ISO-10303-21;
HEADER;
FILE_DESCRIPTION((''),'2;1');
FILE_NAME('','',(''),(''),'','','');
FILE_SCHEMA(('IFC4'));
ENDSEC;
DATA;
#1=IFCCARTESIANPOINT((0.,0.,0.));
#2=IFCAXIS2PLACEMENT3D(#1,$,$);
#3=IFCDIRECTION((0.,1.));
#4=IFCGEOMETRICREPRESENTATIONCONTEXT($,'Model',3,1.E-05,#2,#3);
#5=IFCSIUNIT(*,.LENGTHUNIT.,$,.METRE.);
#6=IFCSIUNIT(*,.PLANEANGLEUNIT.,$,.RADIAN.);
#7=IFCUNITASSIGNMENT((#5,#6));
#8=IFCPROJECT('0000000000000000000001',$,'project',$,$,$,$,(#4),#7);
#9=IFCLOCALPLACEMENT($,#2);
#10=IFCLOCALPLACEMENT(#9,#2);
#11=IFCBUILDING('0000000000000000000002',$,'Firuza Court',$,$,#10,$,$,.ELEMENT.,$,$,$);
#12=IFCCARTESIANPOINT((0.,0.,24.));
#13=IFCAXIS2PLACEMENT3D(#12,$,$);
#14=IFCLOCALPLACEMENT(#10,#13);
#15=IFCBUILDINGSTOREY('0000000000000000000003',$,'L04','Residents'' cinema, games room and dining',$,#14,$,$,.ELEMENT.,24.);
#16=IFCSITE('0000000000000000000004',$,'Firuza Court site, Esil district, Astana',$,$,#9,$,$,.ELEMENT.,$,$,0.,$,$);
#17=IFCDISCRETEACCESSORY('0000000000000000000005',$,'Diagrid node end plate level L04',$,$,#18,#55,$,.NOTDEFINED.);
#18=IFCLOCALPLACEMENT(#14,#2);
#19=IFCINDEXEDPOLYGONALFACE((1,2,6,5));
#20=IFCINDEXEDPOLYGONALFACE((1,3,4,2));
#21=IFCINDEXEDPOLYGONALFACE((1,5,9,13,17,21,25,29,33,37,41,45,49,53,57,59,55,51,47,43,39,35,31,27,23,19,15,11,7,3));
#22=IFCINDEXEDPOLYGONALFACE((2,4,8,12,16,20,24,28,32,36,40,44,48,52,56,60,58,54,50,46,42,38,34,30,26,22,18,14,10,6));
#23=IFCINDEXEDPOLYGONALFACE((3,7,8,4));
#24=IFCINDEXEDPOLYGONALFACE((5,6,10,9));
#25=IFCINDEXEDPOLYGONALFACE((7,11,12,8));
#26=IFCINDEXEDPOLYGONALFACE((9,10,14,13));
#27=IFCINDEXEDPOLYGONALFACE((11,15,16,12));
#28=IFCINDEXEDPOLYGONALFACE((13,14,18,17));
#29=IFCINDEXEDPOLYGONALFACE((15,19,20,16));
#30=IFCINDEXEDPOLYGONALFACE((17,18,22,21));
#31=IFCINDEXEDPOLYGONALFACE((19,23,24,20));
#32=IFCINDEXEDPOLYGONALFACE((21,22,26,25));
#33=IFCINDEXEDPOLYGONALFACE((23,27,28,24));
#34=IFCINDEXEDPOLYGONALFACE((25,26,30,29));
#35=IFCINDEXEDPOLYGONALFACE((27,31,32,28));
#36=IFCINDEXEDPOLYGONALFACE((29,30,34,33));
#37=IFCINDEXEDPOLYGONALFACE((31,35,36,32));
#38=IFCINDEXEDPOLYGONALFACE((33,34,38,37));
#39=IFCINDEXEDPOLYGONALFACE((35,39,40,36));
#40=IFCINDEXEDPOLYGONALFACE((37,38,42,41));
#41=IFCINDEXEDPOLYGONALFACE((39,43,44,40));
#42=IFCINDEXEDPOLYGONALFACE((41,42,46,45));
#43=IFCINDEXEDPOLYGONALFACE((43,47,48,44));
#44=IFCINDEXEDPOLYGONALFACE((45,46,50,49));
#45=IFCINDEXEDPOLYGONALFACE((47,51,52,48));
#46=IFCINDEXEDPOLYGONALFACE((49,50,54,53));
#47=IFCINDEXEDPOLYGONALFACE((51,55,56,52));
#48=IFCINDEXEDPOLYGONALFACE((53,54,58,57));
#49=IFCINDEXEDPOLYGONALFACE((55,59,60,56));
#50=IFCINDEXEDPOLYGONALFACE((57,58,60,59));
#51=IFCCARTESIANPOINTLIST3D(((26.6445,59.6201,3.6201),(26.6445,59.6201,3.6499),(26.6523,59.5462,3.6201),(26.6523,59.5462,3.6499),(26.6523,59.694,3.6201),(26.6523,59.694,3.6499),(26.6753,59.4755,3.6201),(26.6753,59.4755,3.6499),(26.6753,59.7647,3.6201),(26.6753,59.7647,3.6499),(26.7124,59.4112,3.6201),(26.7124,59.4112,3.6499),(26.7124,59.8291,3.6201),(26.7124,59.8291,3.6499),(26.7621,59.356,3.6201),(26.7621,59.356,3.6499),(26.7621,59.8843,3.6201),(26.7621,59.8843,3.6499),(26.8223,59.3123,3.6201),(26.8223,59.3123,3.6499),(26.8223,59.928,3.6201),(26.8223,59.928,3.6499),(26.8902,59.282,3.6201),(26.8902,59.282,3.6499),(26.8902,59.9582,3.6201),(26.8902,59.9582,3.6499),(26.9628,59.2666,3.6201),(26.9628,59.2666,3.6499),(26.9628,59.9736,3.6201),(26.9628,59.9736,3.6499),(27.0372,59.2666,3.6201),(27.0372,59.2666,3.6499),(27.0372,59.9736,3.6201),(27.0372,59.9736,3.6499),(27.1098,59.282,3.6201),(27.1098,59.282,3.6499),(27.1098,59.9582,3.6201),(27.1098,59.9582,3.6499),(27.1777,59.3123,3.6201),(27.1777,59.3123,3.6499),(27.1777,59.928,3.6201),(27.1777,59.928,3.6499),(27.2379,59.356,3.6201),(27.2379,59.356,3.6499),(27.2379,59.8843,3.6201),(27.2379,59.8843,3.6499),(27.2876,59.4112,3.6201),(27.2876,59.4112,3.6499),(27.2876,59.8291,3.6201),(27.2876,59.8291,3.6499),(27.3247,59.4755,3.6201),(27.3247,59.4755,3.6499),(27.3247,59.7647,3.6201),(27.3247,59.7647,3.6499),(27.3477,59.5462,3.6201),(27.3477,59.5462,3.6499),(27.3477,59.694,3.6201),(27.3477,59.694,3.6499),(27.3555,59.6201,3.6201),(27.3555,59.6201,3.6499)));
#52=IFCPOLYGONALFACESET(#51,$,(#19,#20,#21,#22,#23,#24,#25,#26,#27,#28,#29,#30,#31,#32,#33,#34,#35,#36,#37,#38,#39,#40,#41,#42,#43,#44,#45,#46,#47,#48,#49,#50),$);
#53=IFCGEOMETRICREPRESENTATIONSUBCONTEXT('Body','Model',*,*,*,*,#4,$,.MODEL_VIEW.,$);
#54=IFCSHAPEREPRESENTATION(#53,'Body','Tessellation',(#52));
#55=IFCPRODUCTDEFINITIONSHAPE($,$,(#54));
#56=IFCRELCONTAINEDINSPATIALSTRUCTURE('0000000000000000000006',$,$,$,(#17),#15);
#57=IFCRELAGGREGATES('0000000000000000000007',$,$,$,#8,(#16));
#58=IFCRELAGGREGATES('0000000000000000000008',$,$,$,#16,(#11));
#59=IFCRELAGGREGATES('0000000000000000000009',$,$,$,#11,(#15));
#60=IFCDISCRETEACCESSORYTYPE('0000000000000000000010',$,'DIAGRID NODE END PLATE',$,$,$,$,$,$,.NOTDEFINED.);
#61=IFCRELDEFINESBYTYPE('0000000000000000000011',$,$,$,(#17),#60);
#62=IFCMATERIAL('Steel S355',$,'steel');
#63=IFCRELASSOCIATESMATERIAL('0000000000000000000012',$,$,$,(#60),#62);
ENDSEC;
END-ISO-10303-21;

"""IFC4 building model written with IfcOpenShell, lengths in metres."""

from ifc_helpers import new_model, si_unit, direction, frame, origin, origin_2d, place, context, subcontext, project, spatial, circle, extrude, material, material_profile, profile_set, type_object, element, save


model = new_model("IFC4")

# Units and contexts
model_context = context("Model", 3, precision=1e-05, world=origin(), true_north=direction((0.0, 1.0)))
body_context = subcontext(model_context, "Body", "Model", "MODEL_VIEW")
ifc_project = project(units=[si_unit("LENGTHUNIT", "METRE"), si_unit("PLANEANGLEUNIT", "RADIAN")], contexts=[model_context])

# Site, building, storey
site_placement = place(None, origin())
site = spatial("IfcSite", under=ifc_project, at=site_placement, Name="Firuza Court site, Esil district, Astana", CompositionType="ELEMENT", RefElevation=0.0)
building_placement = place(site_placement, origin())
building = spatial("IfcBuilding", under=site, at=building_placement, Name="Firuza Court", CompositionType="ELEMENT")
storey_placement = place(building_placement, frame((0.0, 0.0, 24.0)))
storey = spatial("IfcBuildingStorey", under=building, at=storey_placement, Name="L04", Description="Residents' cinema, games room and dining", CompositionType="ELEMENT", Elevation=24.0)

# Discrete accessory
ifc_material_1 = material(Name="Steel S355", Category="steel")
ifc_material_profile_1 = material_profile(ifc_material_1, circle(Radius=0.3555, at=origin_2d()), Name="PL D711")
ifc_profile_set_1 = profile_set([ifc_material_profile_1], Name="Steel S355")
discrete_accessory_type = type_object("IfcDiscreteAccessoryType", Name="DIAGRID NODE END PLATE", PredefinedType="NOTDEFINED", material=ifc_profile_set_1)
discrete_accessory_1_placement = place(storey_placement, frame((27.0, 59.6201, 3.6201), z_axis=(0.0, 0.0, 1.0), x_axis=(1.0, 0.0, 0.0)))
element("IfcDiscreteAccessory", 1, at=discrete_accessory_1_placement, inside=storey, type_object=discrete_accessory_type, Name="Diagrid node end plate level L04", PredefinedType="NOTDEFINED", context=body_context, shape_type="SweptSolid", body=[
    extrude(circle(Radius=0.3555, at=origin_2d()), origin(), (0.0, 0.0, 1.0), 0.0298),
])

save(model, "model.ifc")
